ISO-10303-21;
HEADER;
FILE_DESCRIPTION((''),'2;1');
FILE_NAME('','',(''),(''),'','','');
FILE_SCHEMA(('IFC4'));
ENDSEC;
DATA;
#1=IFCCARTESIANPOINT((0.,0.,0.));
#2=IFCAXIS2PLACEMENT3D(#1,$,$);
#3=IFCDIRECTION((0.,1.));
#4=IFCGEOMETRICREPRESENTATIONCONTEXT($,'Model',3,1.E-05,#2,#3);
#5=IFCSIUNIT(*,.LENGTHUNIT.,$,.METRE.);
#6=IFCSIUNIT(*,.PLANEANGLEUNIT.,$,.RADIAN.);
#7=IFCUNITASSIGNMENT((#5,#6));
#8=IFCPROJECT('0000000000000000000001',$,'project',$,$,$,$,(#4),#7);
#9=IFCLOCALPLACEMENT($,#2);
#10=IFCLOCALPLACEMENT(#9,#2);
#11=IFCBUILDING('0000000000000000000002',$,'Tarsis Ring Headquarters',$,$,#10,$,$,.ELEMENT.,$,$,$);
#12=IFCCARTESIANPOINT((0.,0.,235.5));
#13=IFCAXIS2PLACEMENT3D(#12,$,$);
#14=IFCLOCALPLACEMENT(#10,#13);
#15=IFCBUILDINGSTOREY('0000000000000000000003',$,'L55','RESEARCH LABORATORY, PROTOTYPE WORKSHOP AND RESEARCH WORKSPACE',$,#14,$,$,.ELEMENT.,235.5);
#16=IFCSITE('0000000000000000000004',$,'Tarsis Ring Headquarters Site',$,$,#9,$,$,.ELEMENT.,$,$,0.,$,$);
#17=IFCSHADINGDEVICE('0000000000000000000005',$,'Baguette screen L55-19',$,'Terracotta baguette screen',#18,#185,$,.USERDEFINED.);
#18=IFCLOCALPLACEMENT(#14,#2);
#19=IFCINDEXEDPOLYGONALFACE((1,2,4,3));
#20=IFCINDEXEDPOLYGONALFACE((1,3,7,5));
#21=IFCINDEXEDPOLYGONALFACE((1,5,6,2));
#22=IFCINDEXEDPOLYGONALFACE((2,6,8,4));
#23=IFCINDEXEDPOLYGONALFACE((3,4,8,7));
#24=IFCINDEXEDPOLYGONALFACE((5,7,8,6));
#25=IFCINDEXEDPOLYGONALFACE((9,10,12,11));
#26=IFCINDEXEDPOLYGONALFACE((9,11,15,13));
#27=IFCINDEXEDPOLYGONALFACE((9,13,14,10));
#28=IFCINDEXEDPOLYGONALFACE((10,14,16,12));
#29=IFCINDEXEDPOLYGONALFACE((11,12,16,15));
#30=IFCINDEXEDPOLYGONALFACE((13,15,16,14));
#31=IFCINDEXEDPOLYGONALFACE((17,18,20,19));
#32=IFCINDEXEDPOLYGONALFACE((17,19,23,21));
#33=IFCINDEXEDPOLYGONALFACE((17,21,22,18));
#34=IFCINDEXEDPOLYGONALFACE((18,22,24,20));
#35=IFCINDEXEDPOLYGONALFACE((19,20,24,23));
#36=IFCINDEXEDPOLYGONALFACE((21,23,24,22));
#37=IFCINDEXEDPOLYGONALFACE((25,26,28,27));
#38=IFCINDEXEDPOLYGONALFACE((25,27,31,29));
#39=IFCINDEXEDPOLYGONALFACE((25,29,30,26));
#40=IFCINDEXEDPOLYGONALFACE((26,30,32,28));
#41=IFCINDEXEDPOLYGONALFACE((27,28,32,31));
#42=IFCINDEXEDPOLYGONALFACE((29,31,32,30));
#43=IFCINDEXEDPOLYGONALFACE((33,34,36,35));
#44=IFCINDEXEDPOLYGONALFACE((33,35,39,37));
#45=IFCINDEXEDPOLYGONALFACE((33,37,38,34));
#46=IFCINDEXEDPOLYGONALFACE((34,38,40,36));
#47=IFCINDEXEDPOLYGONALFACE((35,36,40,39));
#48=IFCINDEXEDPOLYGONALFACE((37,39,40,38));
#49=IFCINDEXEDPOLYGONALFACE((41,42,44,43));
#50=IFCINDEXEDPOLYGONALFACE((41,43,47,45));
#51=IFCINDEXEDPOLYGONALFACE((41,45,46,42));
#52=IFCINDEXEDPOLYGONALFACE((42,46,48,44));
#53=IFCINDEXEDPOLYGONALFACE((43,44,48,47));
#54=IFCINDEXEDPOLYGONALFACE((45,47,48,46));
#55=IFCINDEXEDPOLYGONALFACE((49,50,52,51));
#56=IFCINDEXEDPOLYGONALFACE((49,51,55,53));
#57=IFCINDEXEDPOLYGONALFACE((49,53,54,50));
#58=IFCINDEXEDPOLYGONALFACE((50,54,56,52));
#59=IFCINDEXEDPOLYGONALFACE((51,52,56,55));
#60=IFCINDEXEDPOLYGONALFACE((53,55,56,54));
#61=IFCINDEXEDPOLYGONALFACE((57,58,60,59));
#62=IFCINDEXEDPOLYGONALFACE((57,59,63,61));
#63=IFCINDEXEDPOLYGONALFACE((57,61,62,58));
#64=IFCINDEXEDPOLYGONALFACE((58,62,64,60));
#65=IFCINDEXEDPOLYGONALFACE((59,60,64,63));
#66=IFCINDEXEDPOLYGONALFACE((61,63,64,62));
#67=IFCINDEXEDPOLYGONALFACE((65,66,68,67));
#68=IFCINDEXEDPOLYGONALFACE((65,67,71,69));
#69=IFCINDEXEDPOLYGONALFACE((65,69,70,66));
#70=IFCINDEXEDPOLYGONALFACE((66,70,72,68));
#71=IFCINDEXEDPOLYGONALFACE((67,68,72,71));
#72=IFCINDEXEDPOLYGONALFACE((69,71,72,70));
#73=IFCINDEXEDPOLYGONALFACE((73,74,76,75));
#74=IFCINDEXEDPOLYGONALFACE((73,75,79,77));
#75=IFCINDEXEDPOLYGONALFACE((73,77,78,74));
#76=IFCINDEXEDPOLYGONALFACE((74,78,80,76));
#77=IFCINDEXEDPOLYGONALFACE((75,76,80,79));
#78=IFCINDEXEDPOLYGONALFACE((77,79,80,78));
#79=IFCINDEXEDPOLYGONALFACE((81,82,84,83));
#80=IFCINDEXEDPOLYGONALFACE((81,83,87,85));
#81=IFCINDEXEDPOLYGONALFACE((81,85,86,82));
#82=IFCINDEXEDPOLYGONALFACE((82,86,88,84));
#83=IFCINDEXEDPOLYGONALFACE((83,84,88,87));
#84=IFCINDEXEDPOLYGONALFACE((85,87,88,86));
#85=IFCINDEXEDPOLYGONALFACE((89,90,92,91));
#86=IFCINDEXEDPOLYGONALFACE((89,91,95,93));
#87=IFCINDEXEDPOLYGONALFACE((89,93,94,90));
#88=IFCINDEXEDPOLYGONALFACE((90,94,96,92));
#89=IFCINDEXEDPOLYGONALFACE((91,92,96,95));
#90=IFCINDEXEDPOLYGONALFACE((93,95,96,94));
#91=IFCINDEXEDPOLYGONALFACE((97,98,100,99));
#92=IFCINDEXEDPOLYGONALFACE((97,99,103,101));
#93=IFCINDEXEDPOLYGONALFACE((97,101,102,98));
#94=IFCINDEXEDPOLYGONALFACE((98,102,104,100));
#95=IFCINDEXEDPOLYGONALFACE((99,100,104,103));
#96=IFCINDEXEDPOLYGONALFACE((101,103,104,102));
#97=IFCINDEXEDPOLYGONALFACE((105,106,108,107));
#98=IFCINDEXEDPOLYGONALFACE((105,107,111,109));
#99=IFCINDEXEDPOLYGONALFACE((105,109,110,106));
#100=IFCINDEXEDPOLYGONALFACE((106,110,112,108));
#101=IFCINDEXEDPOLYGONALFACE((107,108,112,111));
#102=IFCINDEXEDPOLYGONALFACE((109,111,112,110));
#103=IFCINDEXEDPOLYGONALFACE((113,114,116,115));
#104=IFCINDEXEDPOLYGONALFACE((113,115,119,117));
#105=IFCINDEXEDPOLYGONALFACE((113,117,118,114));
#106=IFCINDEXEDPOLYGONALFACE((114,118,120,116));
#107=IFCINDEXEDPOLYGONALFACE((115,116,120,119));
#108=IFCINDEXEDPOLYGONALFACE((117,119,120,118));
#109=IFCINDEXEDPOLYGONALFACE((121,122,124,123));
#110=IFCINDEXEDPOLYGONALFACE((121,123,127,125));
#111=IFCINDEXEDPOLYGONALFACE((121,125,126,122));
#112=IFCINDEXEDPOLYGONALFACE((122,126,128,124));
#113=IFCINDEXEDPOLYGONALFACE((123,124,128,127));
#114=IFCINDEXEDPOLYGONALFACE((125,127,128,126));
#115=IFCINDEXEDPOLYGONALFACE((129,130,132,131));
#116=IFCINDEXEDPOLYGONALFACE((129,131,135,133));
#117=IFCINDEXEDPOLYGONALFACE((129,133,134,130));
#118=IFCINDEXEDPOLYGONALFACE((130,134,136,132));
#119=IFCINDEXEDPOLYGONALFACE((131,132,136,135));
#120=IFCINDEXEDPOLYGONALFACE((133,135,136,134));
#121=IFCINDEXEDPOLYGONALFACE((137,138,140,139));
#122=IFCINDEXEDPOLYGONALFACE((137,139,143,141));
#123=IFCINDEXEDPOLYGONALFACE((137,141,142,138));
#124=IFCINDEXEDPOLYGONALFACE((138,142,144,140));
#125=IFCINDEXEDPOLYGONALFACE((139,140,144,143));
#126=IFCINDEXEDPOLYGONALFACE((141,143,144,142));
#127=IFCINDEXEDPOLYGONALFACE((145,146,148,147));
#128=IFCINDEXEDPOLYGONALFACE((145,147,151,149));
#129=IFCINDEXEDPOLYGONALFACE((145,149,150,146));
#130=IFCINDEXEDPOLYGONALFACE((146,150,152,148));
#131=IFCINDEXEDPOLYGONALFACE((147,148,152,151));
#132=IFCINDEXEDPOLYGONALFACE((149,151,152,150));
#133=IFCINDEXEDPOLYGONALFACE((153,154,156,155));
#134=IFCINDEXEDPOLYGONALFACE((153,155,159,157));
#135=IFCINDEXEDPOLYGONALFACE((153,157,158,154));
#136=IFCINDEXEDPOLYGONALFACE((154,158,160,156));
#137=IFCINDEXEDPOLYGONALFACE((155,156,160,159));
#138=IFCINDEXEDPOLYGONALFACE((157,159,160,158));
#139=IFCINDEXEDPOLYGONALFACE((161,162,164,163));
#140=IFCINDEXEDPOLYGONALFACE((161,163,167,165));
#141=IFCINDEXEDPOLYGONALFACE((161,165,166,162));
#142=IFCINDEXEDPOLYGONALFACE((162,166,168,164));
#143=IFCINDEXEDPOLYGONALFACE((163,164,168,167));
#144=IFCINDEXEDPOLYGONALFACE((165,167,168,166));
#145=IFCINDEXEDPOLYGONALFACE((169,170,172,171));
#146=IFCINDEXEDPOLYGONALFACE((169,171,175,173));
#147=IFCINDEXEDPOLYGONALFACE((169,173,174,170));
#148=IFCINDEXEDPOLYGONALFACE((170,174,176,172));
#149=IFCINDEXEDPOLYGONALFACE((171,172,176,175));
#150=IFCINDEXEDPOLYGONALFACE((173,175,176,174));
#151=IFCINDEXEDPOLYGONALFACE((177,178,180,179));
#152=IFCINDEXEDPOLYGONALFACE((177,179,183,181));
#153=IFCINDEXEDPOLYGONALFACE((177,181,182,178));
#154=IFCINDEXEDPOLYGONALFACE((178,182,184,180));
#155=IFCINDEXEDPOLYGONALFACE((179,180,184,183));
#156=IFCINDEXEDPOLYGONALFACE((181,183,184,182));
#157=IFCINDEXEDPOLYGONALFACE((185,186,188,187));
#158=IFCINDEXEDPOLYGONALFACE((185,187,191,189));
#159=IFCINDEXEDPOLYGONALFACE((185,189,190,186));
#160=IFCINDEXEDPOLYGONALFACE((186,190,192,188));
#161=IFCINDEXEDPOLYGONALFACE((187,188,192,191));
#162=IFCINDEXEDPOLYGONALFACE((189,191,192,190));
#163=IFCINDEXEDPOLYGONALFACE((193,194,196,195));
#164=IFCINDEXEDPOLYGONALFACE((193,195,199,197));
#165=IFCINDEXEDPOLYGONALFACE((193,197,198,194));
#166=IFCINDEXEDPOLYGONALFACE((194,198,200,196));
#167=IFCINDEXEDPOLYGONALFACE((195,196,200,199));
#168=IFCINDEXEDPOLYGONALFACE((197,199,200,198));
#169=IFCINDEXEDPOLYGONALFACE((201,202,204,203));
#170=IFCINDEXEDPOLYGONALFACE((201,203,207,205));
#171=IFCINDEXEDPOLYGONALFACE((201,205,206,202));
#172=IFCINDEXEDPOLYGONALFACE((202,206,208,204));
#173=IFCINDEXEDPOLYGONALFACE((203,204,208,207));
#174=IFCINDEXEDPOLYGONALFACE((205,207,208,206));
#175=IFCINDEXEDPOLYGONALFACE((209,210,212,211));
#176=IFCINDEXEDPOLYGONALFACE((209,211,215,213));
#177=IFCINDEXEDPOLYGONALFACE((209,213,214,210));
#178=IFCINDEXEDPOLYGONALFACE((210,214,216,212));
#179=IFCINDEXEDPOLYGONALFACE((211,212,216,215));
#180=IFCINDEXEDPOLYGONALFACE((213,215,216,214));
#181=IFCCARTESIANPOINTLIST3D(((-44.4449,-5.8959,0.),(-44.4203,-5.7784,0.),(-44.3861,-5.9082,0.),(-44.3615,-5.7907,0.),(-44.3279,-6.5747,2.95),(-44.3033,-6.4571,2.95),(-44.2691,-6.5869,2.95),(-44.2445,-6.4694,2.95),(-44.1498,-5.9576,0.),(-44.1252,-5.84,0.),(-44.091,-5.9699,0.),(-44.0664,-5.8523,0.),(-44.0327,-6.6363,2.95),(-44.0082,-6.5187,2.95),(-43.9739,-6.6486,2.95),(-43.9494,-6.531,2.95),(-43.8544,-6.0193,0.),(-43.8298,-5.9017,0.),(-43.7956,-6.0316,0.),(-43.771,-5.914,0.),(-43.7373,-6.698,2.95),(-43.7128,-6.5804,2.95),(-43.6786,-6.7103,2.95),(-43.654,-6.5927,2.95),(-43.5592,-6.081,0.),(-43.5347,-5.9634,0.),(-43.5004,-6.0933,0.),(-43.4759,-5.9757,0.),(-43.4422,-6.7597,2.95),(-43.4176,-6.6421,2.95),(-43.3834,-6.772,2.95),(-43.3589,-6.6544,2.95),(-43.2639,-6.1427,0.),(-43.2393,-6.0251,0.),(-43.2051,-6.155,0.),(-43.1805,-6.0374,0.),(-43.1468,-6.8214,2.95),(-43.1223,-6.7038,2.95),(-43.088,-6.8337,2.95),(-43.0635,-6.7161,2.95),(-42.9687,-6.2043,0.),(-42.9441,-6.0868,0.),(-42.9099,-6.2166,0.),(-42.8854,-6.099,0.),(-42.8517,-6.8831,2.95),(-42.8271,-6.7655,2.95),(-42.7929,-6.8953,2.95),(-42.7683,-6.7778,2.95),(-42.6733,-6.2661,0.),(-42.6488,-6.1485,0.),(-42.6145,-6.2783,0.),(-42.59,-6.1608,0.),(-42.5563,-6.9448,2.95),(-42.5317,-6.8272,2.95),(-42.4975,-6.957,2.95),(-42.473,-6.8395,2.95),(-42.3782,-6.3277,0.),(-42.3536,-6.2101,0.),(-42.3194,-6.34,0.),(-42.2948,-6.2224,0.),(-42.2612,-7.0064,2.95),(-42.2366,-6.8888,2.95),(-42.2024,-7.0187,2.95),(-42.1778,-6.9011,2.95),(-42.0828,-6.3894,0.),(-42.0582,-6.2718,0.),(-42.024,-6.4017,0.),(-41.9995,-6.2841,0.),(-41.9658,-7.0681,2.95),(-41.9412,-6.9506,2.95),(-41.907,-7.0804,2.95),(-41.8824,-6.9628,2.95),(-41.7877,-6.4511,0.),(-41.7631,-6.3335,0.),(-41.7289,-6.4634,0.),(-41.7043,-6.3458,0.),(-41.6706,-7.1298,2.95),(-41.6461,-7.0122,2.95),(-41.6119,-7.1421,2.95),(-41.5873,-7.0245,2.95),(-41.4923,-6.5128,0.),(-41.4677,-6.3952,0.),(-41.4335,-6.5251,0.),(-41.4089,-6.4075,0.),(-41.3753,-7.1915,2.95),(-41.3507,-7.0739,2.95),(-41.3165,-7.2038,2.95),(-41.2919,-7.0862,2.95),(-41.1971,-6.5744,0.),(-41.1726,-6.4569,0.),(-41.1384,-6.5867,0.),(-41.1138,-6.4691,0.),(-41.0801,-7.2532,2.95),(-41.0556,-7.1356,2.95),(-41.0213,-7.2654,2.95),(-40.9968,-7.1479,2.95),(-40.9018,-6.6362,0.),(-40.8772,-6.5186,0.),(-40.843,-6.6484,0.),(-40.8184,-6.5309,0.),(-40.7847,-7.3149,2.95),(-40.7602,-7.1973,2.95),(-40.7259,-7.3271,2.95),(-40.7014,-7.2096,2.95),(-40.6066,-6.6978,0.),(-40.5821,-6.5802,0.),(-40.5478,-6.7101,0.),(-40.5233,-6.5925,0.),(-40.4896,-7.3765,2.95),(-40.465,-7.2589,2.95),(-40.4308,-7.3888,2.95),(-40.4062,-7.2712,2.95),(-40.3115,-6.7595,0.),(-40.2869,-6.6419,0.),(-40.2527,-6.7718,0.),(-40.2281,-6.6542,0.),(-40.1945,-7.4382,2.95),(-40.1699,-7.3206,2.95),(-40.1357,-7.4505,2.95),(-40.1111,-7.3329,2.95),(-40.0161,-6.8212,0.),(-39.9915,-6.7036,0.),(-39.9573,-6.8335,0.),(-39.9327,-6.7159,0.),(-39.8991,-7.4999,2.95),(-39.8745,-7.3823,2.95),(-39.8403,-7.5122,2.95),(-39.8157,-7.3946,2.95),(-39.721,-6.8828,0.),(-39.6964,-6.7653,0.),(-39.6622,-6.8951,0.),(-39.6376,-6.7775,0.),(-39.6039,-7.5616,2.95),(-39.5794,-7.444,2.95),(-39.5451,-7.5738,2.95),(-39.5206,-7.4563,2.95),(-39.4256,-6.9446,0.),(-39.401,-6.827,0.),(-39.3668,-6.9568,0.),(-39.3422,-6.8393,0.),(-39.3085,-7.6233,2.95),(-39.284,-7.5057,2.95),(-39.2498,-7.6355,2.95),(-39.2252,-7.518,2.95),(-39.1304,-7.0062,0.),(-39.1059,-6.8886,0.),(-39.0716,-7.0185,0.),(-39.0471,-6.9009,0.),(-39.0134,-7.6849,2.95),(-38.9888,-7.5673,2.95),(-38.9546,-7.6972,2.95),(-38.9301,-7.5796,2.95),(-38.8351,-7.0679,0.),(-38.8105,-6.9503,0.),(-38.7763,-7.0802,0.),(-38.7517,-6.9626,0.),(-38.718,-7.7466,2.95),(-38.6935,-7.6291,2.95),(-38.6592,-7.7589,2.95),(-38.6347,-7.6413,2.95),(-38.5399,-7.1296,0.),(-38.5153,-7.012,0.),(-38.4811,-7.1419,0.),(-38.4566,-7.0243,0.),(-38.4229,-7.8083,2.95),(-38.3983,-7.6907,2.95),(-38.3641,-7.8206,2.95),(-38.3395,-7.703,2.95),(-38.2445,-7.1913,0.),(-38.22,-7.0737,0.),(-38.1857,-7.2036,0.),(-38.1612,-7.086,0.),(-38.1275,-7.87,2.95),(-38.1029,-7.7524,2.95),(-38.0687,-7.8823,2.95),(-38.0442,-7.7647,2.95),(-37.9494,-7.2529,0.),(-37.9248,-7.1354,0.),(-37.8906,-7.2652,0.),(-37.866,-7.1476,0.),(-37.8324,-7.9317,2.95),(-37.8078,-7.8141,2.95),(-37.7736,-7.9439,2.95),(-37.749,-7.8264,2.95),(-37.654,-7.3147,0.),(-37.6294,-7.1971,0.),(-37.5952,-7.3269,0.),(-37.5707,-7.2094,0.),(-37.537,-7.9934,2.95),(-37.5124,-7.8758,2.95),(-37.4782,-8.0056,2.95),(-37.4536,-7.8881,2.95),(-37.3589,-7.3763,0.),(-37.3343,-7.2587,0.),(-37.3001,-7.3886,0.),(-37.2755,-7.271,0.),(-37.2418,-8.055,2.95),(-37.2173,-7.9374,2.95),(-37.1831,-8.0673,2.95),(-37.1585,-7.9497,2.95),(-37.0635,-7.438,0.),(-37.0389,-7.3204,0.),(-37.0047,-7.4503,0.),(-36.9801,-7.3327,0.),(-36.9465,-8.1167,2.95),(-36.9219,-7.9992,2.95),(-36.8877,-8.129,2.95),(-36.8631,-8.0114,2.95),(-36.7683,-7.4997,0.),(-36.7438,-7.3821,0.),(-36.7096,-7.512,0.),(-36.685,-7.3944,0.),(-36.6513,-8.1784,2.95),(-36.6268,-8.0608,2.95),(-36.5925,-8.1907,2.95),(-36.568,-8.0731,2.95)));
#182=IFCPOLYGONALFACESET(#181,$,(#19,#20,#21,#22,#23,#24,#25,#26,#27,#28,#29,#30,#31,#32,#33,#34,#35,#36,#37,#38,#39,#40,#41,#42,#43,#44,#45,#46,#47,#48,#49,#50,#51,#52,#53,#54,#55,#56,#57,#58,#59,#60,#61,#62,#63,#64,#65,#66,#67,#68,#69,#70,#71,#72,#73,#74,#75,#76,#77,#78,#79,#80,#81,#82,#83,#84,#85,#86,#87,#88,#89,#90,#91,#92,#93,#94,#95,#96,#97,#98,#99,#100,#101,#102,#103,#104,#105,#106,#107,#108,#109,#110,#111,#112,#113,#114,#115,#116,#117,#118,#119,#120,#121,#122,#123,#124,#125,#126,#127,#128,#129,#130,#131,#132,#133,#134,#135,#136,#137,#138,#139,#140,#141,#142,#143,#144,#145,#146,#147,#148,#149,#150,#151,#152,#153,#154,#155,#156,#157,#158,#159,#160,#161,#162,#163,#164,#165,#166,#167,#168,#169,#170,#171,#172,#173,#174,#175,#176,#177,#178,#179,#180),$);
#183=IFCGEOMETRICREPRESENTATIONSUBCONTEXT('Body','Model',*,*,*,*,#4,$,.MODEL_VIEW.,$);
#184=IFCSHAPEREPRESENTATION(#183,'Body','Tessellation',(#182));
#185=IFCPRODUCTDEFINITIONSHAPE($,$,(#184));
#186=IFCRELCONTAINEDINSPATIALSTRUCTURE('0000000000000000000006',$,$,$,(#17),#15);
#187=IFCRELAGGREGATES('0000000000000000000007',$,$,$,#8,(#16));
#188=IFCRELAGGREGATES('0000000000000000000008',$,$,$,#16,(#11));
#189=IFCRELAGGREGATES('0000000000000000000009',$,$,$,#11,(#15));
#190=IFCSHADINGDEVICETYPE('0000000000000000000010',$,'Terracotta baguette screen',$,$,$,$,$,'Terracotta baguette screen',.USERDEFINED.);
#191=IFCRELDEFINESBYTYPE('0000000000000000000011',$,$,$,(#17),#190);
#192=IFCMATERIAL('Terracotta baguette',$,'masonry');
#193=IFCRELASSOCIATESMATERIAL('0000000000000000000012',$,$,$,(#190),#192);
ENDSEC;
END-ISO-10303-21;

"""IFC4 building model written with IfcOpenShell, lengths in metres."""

from ifc_helpers import new_model, si_unit, direction, frame, frame_2d, origin, place, context, subcontext, project, spatial, rectangle, composite_profile, extrude, material, type_object, element, save


model = new_model("IFC4")

# Units and contexts
model_context = context("Model", 3, precision=1e-05, world=origin(), true_north=direction((0.0, 1.0)))
body_context = subcontext(model_context, "Body", "Model", "MODEL_VIEW")
ifc_project = project(units=[si_unit("LENGTHUNIT", "METRE"), si_unit("PLANEANGLEUNIT", "RADIAN")], contexts=[model_context])

# Site, building, storey
site_placement = place(None, origin())
site = spatial("IfcSite", under=ifc_project, at=site_placement, Name="Tarsis Ring Headquarters Site", CompositionType="ELEMENT", RefElevation=0.0)
building_placement = place(site_placement, origin())
building = spatial("IfcBuilding", under=site, at=building_placement, Name="Tarsis Ring Headquarters", CompositionType="ELEMENT")
storey_placement = place(building_placement, frame((0.0, 0.0, 235.5)))
storey = spatial("IfcBuildingStorey", under=building, at=storey_placement, Name="L55", Description="RESEARCH LABORATORY, PROTOTYPE WORKSHOP AND RESEARCH WORKSPACE", CompositionType="ELEMENT", Elevation=235.5)

# Shading device
ifc_material_1 = material(Name="Terracotta baguette", Category="masonry")
shading_device_type_1 = type_object("IfcShadingDeviceType", Name="Terracotta baguette screen", ElementType="Terracotta baguette screen", PredefinedType="USERDEFINED", material=ifc_material_1)
shading_device_1_placement = place(storey_placement, frame((-44.4326, -5.8372, 0.0), z_axis=(0.0, 0.0, 1.0), x_axis=(0.978867, -0.204498, 0.0)))
element("IfcShadingDevice", 1, at=shading_device_1_placement, inside=storey, type_object=shading_device_type_1, Name="Baguette screen L55-19", ObjectType="Terracotta baguette screen", PredefinedType="USERDEFINED", context=body_context, shape_type="SweptSolid", body=[
    extrude(composite_profile([rectangle(XDim=0.0601, YDim=0.1201, at=frame_2d((0.03, 0.0))), rectangle(XDim=0.0601, YDim=0.1201, at=frame_2d((0.3315, 0.0))), rectangle(XDim=0.0601, YDim=0.1201, at=frame_2d((0.6333, 0.0))), rectangle(XDim=0.0601, YDim=0.1201, at=frame_2d((0.9348, 0.0))), rectangle(XDim=0.0601, YDim=0.1201, at=frame_2d((1.2366, 0.0))), rectangle(XDim=0.0601, YDim=0.1201, at=frame_2d((1.5381, 0.0))), rectangle(XDim=0.0601, YDim=0.1201, at=frame_2d((1.8398, 0.0))), rectangle(XDim=0.0601, YDim=0.1201, at=frame_2d((2.1414, 0.0))), rectangle(XDim=0.0601, YDim=0.1201, at=frame_2d((2.4431, 0.0))), rectangle(XDim=0.0601, YDim=0.1201, at=frame_2d((2.7446, 0.0))), rectangle(XDim=0.0601, YDim=0.1201, at=frame_2d((3.0464, 0.0))), rectangle(XDim=0.0601, YDim=0.1201, at=frame_2d((3.3479, 0.0))), rectangle(XDim=0.0601, YDim=0.1201, at=frame_2d((3.6497, 0.0))), rectangle(XDim=0.0601, YDim=0.1201, at=frame_2d((3.9512, 0.0))), rectangle(XDim=0.0601, YDim=0.1201, at=frame_2d((4.2527, 0.0))), rectangle(XDim=0.0601, YDim=0.1201, at=frame_2d((4.5544, 0.0))), rectangle(XDim=0.0601, YDim=0.1201, at=frame_2d((4.856, 0.0))), rectangle(XDim=0.0601, YDim=0.1201, at=frame_2d((5.1577, 0.0))), rectangle(XDim=0.0601, YDim=0.1201, at=frame_2d((5.4592, 0.0))), rectangle(XDim=0.0601, YDim=0.1201, at=frame_2d((5.761, 0.0))), rectangle(XDim=0.0601, YDim=0.1201, at=frame_2d((6.0625, 0.0))), rectangle(XDim=0.0601, YDim=0.1201, at=frame_2d((6.3643, 0.0))), rectangle(XDim=0.0601, YDim=0.1201, at=frame_2d((6.6658, 0.0))), rectangle(XDim=0.0601, YDim=0.1201, at=frame_2d((6.9675, 0.0))), rectangle(XDim=0.0601, YDim=0.1201, at=frame_2d((7.269, 0.0))), rectangle(XDim=0.0601, YDim=0.1201, at=frame_2d((7.5708, 0.0))), rectangle(XDim=0.0601, YDim=0.1201, at=frame_2d((7.8723, 0.0)))]), origin(), (0.083633, -0.211414, 0.973812), 3.0293),
])

save(model, "model.ifc")
